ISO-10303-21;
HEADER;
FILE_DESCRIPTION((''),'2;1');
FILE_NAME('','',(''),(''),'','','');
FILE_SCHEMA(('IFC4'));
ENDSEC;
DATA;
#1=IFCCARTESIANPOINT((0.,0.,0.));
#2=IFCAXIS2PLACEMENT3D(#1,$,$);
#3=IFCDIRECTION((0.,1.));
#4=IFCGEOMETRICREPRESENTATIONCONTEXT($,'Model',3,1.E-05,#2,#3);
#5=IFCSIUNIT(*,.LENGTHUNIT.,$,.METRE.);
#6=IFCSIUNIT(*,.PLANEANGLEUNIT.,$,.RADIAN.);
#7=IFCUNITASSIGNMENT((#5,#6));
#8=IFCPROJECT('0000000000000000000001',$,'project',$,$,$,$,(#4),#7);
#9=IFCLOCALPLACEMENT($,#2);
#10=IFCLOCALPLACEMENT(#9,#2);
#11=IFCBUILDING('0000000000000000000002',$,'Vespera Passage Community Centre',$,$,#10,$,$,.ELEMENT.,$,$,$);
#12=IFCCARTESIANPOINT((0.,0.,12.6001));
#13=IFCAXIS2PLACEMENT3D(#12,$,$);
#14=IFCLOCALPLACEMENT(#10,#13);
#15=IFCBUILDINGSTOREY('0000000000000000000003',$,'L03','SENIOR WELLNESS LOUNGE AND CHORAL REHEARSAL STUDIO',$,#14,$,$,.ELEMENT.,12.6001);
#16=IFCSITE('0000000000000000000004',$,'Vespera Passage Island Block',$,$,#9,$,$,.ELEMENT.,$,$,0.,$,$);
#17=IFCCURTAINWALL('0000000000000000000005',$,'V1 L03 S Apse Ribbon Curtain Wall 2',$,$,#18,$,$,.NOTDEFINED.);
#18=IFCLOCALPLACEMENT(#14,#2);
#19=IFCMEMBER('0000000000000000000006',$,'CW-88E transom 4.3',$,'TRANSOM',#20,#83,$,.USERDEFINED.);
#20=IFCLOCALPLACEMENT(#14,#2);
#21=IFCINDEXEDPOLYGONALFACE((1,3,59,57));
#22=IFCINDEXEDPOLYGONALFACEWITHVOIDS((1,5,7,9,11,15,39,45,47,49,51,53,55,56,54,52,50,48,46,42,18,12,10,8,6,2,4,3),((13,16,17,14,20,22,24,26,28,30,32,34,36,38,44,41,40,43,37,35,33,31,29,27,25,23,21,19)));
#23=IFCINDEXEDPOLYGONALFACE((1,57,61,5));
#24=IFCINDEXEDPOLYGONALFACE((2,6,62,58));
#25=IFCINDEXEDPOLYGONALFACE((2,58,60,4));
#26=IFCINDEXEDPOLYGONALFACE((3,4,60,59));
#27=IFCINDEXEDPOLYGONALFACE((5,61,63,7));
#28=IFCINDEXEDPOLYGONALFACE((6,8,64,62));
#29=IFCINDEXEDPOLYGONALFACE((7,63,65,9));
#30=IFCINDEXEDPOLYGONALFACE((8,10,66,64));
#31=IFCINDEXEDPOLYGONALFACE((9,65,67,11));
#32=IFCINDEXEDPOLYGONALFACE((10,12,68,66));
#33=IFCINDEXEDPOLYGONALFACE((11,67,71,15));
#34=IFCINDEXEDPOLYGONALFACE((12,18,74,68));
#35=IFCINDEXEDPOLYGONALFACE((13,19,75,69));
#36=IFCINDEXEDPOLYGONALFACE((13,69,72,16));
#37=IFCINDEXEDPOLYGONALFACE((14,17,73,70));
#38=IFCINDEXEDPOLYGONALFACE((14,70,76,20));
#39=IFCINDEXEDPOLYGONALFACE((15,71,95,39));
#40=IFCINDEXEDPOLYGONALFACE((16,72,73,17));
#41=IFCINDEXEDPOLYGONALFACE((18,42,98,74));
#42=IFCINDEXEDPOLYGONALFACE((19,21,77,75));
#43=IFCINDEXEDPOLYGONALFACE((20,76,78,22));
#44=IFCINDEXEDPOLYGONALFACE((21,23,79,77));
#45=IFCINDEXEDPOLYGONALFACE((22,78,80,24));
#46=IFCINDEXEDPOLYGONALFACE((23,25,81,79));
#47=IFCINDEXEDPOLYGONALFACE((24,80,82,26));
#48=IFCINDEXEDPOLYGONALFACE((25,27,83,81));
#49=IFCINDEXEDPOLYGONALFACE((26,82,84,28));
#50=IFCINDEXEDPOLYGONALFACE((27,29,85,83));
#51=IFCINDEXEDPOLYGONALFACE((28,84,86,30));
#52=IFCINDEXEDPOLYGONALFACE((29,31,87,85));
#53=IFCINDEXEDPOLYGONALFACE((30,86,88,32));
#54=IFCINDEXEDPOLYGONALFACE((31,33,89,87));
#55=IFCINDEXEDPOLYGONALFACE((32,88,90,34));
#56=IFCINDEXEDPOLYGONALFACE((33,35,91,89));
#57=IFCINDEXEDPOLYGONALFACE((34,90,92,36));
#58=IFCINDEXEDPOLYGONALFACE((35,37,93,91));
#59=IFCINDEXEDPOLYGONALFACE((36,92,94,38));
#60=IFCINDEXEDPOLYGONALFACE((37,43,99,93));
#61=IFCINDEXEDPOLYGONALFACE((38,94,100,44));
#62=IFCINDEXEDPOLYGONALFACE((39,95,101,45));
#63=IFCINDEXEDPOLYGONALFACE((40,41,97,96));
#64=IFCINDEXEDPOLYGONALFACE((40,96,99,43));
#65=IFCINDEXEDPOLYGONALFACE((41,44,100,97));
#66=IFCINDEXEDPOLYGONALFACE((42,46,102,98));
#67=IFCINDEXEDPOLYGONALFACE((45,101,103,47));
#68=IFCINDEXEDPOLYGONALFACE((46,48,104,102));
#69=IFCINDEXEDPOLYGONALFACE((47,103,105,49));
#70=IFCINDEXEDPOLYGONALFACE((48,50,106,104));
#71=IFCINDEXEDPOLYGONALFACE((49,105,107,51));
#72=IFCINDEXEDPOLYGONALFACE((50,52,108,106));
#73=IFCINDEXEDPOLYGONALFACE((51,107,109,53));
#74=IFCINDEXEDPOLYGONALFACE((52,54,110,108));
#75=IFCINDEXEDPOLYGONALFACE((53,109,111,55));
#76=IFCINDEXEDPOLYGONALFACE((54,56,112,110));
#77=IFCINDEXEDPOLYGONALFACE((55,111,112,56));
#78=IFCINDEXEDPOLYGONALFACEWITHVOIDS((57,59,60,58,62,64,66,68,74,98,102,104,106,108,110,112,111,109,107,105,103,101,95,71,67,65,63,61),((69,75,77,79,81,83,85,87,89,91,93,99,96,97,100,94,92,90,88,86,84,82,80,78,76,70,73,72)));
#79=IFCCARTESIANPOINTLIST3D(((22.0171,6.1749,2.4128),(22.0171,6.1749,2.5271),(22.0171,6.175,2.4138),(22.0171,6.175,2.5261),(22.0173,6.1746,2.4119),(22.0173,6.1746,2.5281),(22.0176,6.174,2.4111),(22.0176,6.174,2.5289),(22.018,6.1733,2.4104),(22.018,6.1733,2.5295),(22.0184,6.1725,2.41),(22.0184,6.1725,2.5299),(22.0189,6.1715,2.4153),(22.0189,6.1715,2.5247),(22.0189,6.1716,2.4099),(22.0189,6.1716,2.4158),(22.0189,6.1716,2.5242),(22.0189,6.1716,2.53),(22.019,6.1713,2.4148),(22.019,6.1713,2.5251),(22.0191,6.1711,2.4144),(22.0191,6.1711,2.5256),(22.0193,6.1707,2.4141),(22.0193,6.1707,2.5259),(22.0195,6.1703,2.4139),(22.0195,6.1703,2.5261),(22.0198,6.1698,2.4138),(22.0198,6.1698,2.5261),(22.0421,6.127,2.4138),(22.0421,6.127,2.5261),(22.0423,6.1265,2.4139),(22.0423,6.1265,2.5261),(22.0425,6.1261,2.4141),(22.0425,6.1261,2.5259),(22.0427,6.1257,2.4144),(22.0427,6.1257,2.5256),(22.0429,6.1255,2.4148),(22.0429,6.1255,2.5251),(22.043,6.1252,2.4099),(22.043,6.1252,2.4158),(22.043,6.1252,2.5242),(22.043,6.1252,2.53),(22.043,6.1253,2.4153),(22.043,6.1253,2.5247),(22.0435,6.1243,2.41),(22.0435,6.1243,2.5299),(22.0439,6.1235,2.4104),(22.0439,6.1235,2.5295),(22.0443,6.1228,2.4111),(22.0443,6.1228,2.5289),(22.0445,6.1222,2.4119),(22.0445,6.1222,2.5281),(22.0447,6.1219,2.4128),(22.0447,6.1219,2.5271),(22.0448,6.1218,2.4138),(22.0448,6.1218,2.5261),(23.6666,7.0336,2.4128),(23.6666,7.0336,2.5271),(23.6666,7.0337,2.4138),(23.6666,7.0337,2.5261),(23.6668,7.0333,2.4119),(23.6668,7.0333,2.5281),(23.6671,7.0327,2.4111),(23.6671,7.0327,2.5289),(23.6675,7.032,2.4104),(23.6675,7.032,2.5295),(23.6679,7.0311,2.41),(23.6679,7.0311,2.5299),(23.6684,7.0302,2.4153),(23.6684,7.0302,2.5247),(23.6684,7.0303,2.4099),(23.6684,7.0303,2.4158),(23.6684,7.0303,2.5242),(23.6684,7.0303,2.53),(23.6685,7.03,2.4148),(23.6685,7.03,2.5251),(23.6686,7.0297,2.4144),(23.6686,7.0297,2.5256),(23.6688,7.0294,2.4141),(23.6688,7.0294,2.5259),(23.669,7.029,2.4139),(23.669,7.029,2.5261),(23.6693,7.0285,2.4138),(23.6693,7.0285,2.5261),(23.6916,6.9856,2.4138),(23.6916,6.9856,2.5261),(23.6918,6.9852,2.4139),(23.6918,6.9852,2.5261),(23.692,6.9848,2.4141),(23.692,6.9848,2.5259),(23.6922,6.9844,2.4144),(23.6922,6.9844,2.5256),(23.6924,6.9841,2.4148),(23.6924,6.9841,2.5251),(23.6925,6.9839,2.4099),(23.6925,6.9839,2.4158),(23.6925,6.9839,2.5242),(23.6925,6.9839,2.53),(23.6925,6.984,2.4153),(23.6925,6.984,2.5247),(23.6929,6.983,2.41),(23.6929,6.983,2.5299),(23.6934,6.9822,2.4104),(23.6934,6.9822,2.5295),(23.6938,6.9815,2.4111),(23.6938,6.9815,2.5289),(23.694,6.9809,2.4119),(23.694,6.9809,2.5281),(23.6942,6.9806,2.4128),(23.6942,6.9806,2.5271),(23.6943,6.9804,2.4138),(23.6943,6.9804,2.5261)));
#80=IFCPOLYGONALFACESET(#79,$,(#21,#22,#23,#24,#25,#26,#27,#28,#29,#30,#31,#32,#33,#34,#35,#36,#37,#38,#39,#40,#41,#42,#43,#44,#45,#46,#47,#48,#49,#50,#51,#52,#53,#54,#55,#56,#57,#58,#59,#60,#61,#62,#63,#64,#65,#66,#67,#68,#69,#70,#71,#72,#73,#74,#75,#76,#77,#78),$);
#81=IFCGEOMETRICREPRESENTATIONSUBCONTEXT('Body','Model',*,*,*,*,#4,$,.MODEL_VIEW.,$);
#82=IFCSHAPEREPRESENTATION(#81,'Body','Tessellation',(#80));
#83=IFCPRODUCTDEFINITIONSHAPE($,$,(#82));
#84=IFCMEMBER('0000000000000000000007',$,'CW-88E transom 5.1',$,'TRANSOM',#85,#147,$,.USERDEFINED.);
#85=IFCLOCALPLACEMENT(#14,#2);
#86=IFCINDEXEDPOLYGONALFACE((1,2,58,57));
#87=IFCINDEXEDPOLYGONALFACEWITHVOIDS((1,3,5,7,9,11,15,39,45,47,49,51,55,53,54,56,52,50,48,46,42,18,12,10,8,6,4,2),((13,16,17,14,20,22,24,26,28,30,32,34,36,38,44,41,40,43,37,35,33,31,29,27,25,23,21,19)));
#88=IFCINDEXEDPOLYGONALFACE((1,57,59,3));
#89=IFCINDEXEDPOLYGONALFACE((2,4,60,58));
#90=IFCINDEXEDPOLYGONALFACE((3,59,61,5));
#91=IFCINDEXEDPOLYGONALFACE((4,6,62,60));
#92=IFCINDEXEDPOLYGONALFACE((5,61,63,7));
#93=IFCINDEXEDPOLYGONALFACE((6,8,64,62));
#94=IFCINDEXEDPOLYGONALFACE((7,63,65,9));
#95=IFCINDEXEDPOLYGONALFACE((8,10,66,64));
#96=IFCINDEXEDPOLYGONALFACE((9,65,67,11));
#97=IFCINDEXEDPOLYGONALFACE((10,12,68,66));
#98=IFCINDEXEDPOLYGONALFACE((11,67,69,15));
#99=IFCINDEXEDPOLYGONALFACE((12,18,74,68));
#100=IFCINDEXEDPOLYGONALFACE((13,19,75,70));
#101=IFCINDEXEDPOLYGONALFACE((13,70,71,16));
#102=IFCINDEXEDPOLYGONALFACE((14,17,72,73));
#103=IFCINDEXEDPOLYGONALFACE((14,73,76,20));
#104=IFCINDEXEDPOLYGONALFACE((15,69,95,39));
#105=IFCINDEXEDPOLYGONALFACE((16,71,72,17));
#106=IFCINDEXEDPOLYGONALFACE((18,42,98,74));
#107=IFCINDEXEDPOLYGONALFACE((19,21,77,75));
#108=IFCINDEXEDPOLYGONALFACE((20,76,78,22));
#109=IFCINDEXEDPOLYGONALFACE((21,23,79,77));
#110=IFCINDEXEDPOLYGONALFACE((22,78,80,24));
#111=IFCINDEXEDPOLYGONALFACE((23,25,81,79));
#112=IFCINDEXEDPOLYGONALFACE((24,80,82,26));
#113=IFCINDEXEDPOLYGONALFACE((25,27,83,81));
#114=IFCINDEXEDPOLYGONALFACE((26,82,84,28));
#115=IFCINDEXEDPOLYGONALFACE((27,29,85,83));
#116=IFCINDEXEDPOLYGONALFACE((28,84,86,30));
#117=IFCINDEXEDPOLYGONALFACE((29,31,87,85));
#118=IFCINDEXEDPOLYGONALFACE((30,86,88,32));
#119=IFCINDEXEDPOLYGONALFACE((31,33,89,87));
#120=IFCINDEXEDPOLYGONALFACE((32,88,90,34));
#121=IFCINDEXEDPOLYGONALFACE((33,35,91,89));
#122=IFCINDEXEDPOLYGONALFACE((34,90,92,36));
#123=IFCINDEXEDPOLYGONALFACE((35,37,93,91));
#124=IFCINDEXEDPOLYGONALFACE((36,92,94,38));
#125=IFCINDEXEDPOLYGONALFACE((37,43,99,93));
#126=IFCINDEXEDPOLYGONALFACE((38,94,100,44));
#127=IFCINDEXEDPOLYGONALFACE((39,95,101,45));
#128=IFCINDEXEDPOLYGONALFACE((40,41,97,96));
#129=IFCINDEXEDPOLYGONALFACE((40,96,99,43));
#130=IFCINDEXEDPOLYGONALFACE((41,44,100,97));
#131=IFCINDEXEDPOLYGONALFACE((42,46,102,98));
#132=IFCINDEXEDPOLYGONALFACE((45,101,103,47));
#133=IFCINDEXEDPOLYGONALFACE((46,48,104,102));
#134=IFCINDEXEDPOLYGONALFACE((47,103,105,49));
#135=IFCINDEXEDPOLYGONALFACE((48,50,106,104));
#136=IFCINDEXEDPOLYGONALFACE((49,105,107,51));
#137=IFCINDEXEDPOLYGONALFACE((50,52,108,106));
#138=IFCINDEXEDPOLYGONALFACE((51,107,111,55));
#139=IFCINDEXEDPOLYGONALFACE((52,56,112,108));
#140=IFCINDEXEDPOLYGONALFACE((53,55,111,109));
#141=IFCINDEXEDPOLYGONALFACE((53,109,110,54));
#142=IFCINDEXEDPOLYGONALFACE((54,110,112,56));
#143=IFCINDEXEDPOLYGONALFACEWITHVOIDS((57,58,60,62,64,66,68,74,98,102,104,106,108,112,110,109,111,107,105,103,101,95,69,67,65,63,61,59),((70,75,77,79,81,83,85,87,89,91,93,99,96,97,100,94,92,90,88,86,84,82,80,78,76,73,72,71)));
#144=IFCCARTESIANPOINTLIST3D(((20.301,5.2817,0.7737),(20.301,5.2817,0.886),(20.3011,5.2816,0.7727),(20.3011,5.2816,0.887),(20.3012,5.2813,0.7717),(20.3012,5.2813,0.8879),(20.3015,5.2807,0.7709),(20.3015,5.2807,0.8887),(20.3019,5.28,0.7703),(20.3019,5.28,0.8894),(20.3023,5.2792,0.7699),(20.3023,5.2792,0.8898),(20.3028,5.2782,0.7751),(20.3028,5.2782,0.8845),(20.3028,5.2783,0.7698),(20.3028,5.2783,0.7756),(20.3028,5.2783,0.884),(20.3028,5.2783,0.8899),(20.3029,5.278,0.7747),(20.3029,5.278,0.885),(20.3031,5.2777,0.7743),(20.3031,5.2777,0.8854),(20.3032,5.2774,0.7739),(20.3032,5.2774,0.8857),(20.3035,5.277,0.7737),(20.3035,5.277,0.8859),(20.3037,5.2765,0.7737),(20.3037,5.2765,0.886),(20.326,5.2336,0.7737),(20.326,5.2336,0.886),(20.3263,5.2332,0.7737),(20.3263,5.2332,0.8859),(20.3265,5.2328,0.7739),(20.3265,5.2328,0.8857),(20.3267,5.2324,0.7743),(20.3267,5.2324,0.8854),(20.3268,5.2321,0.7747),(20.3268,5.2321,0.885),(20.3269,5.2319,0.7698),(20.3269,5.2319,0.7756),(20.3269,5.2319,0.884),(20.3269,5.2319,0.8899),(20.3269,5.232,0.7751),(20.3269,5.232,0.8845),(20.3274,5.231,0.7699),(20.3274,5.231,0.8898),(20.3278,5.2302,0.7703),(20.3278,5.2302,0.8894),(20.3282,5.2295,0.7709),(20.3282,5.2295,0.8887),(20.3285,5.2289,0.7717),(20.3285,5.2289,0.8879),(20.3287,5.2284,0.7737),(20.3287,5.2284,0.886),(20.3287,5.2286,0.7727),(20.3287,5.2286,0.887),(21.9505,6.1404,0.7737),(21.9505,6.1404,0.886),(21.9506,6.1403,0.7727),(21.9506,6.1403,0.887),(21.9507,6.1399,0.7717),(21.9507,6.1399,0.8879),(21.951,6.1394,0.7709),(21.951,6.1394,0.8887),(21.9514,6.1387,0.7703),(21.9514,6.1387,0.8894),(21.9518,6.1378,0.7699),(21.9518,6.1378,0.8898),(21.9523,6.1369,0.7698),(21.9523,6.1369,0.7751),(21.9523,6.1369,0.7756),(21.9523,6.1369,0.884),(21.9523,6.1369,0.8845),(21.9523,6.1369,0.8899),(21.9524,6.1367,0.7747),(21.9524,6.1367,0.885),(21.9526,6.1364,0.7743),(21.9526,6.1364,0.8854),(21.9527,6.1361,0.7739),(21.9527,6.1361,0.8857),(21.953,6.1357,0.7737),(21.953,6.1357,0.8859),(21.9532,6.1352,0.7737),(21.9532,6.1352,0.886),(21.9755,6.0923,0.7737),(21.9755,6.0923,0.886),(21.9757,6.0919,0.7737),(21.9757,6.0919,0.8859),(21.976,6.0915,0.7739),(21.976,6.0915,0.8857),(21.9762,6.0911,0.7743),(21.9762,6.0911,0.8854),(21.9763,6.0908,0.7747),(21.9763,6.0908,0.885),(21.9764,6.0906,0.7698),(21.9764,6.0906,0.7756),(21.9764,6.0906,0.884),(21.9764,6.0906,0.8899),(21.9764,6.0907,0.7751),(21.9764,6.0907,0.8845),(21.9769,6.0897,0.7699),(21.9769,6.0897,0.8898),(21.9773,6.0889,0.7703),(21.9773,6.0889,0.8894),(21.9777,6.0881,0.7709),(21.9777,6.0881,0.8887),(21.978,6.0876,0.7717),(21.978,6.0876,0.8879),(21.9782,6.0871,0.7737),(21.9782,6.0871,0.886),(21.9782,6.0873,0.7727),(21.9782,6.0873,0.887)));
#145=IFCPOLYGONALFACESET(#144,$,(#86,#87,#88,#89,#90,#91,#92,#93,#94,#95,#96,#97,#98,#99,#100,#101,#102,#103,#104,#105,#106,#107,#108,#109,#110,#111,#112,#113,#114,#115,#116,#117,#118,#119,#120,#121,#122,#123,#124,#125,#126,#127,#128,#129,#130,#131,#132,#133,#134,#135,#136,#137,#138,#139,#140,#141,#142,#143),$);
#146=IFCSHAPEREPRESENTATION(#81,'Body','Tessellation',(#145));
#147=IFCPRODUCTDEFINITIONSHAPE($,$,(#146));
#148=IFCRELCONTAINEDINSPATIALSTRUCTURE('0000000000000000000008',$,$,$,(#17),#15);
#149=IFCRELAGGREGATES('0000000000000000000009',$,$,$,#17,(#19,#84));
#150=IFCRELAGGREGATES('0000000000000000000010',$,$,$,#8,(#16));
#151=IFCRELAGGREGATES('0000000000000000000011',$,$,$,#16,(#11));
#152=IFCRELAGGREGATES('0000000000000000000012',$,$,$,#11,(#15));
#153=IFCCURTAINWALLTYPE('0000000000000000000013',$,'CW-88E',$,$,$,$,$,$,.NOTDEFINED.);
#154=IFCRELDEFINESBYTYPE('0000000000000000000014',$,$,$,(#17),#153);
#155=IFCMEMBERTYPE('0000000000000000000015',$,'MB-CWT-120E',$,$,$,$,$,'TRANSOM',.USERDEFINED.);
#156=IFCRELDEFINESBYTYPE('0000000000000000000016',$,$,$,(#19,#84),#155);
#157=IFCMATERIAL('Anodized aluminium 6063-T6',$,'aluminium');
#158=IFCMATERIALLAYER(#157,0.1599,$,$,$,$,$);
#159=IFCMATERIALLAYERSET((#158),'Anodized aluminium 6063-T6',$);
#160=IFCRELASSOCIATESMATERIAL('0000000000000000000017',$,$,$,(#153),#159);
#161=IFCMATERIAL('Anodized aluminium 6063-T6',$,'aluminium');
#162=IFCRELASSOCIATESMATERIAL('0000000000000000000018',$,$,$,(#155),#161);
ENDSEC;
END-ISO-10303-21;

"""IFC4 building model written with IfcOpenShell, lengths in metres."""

from ifc_helpers import new_model, si_unit, direction, frame, origin, origin_2d, place, context, subcontext, project, spatial, hollow_rectangle, extrude, material, layer, layer_set, material_profile, profile_set, type_object, element, aggregate, save


model = new_model("IFC4")

# Units and contexts
model_context = context("Model", 3, precision=1e-05, world=origin(), true_north=direction((0.0, 1.0)))
body_context = subcontext(model_context, "Body", "Model", "MODEL_VIEW")
ifc_project = project(units=[si_unit("LENGTHUNIT", "METRE"), si_unit("PLANEANGLEUNIT", "RADIAN")], contexts=[model_context])

# Site, building, storey
site_placement = place(None, origin())
site = spatial("IfcSite", under=ifc_project, at=site_placement, Name="Vespera Passage Island Block", CompositionType="ELEMENT", RefElevation=0.0)
building_placement = place(site_placement, origin())
building = spatial("IfcBuilding", under=site, at=building_placement, Name="Vespera Passage Community Centre", CompositionType="ELEMENT")
storey_placement = place(building_placement, frame((0.0, 0.0, 12.6001)))
storey = spatial("IfcBuildingStorey", under=building, at=storey_placement, Name="L03", Description="SENIOR WELLNESS LOUNGE AND CHORAL REHEARSAL STUDIO", CompositionType="ELEMENT", Elevation=12.6001)

# Curtain wall, members
ifc_material_1 = material(Name="Anodized aluminium 6063-T6", Category="aluminium")
ifc_layer_1 = layer(ifc_material_1, 0.1599)
ifc_layer_set_1 = layer_set([ifc_layer_1], Name="Anodized aluminium 6063-T6")
curtain_wall_type = type_object("IfcCurtainWallType", Name="CW-88E", PredefinedType="NOTDEFINED", material=ifc_layer_set_1)
curtain_wall_placement = place(storey_placement, origin())
curtain_wall = element("IfcCurtainWall", 1, at=curtain_wall_placement, inside=storey, type_object=curtain_wall_type, Name="V1 L03 S Apse Ribbon Curtain Wall 2", PredefinedType="NOTDEFINED")
ifc_material_2 = material(Name="Anodized aluminium 6063-T6", Category="aluminium")
ifc_material_profile_1 = material_profile(ifc_material_2, hollow_rectangle(XDim=0.0601, YDim=0.1201, WallThickness=0.0039, InnerFilletRadius=0.002, OuterFilletRadius=0.0039, at=origin_2d()), Name="ALU120X60X4")
ifc_profile_set_1 = profile_set([ifc_material_profile_1], Name="Anodized aluminium 6063-T6")
member_type_1 = type_object("IfcMemberType", Name="MB-CWT-120E", ElementType="TRANSOM", PredefinedType="USERDEFINED", material=ifc_profile_set_1)
member_1_placement = place(storey_placement, frame((23.6804, 7.0071, 2.47), z_axis=(-0.887008, -0.461754, 0.0), x_axis=(0.461754, -0.887008, 0.0)))
member_1 = element("IfcMember", 2, at=member_1_placement, type_object=member_type_1, Name="CW-88E transom 4.3", ObjectType="TRANSOM", PredefinedType="USERDEFINED", context=body_context, shape_type="SweptSolid", body=[
    extrude(hollow_rectangle(XDim=0.0601, YDim=0.1201, WallThickness=0.0039, InnerFilletRadius=0.002, OuterFilletRadius=0.0039, at=origin_2d()), origin(), (0.0, 0.0, 1.0), 1.8596),
])
member_2_placement = place(storey_placement, frame((21.9644, 6.1138, 0.8298), z_axis=(-0.887008, -0.461754, 0.0), x_axis=(0.461754, -0.887008, 0.0)))
member_2 = element("IfcMember", 3, at=member_2_placement, type_object=member_type_1, Name="CW-88E transom 5.1", ObjectType="TRANSOM", PredefinedType="USERDEFINED", context=body_context, shape_type="SweptSolid", body=[
    extrude(hollow_rectangle(XDim=0.0601, YDim=0.1201, WallThickness=0.0039, InnerFilletRadius=0.002, OuterFilletRadius=0.0039, at=origin_2d()), origin(), (0.0, 0.0, 1.0), 1.8596),
])
aggregate(curtain_wall, [member_1, member_2])

save(model, "model.ifc")
